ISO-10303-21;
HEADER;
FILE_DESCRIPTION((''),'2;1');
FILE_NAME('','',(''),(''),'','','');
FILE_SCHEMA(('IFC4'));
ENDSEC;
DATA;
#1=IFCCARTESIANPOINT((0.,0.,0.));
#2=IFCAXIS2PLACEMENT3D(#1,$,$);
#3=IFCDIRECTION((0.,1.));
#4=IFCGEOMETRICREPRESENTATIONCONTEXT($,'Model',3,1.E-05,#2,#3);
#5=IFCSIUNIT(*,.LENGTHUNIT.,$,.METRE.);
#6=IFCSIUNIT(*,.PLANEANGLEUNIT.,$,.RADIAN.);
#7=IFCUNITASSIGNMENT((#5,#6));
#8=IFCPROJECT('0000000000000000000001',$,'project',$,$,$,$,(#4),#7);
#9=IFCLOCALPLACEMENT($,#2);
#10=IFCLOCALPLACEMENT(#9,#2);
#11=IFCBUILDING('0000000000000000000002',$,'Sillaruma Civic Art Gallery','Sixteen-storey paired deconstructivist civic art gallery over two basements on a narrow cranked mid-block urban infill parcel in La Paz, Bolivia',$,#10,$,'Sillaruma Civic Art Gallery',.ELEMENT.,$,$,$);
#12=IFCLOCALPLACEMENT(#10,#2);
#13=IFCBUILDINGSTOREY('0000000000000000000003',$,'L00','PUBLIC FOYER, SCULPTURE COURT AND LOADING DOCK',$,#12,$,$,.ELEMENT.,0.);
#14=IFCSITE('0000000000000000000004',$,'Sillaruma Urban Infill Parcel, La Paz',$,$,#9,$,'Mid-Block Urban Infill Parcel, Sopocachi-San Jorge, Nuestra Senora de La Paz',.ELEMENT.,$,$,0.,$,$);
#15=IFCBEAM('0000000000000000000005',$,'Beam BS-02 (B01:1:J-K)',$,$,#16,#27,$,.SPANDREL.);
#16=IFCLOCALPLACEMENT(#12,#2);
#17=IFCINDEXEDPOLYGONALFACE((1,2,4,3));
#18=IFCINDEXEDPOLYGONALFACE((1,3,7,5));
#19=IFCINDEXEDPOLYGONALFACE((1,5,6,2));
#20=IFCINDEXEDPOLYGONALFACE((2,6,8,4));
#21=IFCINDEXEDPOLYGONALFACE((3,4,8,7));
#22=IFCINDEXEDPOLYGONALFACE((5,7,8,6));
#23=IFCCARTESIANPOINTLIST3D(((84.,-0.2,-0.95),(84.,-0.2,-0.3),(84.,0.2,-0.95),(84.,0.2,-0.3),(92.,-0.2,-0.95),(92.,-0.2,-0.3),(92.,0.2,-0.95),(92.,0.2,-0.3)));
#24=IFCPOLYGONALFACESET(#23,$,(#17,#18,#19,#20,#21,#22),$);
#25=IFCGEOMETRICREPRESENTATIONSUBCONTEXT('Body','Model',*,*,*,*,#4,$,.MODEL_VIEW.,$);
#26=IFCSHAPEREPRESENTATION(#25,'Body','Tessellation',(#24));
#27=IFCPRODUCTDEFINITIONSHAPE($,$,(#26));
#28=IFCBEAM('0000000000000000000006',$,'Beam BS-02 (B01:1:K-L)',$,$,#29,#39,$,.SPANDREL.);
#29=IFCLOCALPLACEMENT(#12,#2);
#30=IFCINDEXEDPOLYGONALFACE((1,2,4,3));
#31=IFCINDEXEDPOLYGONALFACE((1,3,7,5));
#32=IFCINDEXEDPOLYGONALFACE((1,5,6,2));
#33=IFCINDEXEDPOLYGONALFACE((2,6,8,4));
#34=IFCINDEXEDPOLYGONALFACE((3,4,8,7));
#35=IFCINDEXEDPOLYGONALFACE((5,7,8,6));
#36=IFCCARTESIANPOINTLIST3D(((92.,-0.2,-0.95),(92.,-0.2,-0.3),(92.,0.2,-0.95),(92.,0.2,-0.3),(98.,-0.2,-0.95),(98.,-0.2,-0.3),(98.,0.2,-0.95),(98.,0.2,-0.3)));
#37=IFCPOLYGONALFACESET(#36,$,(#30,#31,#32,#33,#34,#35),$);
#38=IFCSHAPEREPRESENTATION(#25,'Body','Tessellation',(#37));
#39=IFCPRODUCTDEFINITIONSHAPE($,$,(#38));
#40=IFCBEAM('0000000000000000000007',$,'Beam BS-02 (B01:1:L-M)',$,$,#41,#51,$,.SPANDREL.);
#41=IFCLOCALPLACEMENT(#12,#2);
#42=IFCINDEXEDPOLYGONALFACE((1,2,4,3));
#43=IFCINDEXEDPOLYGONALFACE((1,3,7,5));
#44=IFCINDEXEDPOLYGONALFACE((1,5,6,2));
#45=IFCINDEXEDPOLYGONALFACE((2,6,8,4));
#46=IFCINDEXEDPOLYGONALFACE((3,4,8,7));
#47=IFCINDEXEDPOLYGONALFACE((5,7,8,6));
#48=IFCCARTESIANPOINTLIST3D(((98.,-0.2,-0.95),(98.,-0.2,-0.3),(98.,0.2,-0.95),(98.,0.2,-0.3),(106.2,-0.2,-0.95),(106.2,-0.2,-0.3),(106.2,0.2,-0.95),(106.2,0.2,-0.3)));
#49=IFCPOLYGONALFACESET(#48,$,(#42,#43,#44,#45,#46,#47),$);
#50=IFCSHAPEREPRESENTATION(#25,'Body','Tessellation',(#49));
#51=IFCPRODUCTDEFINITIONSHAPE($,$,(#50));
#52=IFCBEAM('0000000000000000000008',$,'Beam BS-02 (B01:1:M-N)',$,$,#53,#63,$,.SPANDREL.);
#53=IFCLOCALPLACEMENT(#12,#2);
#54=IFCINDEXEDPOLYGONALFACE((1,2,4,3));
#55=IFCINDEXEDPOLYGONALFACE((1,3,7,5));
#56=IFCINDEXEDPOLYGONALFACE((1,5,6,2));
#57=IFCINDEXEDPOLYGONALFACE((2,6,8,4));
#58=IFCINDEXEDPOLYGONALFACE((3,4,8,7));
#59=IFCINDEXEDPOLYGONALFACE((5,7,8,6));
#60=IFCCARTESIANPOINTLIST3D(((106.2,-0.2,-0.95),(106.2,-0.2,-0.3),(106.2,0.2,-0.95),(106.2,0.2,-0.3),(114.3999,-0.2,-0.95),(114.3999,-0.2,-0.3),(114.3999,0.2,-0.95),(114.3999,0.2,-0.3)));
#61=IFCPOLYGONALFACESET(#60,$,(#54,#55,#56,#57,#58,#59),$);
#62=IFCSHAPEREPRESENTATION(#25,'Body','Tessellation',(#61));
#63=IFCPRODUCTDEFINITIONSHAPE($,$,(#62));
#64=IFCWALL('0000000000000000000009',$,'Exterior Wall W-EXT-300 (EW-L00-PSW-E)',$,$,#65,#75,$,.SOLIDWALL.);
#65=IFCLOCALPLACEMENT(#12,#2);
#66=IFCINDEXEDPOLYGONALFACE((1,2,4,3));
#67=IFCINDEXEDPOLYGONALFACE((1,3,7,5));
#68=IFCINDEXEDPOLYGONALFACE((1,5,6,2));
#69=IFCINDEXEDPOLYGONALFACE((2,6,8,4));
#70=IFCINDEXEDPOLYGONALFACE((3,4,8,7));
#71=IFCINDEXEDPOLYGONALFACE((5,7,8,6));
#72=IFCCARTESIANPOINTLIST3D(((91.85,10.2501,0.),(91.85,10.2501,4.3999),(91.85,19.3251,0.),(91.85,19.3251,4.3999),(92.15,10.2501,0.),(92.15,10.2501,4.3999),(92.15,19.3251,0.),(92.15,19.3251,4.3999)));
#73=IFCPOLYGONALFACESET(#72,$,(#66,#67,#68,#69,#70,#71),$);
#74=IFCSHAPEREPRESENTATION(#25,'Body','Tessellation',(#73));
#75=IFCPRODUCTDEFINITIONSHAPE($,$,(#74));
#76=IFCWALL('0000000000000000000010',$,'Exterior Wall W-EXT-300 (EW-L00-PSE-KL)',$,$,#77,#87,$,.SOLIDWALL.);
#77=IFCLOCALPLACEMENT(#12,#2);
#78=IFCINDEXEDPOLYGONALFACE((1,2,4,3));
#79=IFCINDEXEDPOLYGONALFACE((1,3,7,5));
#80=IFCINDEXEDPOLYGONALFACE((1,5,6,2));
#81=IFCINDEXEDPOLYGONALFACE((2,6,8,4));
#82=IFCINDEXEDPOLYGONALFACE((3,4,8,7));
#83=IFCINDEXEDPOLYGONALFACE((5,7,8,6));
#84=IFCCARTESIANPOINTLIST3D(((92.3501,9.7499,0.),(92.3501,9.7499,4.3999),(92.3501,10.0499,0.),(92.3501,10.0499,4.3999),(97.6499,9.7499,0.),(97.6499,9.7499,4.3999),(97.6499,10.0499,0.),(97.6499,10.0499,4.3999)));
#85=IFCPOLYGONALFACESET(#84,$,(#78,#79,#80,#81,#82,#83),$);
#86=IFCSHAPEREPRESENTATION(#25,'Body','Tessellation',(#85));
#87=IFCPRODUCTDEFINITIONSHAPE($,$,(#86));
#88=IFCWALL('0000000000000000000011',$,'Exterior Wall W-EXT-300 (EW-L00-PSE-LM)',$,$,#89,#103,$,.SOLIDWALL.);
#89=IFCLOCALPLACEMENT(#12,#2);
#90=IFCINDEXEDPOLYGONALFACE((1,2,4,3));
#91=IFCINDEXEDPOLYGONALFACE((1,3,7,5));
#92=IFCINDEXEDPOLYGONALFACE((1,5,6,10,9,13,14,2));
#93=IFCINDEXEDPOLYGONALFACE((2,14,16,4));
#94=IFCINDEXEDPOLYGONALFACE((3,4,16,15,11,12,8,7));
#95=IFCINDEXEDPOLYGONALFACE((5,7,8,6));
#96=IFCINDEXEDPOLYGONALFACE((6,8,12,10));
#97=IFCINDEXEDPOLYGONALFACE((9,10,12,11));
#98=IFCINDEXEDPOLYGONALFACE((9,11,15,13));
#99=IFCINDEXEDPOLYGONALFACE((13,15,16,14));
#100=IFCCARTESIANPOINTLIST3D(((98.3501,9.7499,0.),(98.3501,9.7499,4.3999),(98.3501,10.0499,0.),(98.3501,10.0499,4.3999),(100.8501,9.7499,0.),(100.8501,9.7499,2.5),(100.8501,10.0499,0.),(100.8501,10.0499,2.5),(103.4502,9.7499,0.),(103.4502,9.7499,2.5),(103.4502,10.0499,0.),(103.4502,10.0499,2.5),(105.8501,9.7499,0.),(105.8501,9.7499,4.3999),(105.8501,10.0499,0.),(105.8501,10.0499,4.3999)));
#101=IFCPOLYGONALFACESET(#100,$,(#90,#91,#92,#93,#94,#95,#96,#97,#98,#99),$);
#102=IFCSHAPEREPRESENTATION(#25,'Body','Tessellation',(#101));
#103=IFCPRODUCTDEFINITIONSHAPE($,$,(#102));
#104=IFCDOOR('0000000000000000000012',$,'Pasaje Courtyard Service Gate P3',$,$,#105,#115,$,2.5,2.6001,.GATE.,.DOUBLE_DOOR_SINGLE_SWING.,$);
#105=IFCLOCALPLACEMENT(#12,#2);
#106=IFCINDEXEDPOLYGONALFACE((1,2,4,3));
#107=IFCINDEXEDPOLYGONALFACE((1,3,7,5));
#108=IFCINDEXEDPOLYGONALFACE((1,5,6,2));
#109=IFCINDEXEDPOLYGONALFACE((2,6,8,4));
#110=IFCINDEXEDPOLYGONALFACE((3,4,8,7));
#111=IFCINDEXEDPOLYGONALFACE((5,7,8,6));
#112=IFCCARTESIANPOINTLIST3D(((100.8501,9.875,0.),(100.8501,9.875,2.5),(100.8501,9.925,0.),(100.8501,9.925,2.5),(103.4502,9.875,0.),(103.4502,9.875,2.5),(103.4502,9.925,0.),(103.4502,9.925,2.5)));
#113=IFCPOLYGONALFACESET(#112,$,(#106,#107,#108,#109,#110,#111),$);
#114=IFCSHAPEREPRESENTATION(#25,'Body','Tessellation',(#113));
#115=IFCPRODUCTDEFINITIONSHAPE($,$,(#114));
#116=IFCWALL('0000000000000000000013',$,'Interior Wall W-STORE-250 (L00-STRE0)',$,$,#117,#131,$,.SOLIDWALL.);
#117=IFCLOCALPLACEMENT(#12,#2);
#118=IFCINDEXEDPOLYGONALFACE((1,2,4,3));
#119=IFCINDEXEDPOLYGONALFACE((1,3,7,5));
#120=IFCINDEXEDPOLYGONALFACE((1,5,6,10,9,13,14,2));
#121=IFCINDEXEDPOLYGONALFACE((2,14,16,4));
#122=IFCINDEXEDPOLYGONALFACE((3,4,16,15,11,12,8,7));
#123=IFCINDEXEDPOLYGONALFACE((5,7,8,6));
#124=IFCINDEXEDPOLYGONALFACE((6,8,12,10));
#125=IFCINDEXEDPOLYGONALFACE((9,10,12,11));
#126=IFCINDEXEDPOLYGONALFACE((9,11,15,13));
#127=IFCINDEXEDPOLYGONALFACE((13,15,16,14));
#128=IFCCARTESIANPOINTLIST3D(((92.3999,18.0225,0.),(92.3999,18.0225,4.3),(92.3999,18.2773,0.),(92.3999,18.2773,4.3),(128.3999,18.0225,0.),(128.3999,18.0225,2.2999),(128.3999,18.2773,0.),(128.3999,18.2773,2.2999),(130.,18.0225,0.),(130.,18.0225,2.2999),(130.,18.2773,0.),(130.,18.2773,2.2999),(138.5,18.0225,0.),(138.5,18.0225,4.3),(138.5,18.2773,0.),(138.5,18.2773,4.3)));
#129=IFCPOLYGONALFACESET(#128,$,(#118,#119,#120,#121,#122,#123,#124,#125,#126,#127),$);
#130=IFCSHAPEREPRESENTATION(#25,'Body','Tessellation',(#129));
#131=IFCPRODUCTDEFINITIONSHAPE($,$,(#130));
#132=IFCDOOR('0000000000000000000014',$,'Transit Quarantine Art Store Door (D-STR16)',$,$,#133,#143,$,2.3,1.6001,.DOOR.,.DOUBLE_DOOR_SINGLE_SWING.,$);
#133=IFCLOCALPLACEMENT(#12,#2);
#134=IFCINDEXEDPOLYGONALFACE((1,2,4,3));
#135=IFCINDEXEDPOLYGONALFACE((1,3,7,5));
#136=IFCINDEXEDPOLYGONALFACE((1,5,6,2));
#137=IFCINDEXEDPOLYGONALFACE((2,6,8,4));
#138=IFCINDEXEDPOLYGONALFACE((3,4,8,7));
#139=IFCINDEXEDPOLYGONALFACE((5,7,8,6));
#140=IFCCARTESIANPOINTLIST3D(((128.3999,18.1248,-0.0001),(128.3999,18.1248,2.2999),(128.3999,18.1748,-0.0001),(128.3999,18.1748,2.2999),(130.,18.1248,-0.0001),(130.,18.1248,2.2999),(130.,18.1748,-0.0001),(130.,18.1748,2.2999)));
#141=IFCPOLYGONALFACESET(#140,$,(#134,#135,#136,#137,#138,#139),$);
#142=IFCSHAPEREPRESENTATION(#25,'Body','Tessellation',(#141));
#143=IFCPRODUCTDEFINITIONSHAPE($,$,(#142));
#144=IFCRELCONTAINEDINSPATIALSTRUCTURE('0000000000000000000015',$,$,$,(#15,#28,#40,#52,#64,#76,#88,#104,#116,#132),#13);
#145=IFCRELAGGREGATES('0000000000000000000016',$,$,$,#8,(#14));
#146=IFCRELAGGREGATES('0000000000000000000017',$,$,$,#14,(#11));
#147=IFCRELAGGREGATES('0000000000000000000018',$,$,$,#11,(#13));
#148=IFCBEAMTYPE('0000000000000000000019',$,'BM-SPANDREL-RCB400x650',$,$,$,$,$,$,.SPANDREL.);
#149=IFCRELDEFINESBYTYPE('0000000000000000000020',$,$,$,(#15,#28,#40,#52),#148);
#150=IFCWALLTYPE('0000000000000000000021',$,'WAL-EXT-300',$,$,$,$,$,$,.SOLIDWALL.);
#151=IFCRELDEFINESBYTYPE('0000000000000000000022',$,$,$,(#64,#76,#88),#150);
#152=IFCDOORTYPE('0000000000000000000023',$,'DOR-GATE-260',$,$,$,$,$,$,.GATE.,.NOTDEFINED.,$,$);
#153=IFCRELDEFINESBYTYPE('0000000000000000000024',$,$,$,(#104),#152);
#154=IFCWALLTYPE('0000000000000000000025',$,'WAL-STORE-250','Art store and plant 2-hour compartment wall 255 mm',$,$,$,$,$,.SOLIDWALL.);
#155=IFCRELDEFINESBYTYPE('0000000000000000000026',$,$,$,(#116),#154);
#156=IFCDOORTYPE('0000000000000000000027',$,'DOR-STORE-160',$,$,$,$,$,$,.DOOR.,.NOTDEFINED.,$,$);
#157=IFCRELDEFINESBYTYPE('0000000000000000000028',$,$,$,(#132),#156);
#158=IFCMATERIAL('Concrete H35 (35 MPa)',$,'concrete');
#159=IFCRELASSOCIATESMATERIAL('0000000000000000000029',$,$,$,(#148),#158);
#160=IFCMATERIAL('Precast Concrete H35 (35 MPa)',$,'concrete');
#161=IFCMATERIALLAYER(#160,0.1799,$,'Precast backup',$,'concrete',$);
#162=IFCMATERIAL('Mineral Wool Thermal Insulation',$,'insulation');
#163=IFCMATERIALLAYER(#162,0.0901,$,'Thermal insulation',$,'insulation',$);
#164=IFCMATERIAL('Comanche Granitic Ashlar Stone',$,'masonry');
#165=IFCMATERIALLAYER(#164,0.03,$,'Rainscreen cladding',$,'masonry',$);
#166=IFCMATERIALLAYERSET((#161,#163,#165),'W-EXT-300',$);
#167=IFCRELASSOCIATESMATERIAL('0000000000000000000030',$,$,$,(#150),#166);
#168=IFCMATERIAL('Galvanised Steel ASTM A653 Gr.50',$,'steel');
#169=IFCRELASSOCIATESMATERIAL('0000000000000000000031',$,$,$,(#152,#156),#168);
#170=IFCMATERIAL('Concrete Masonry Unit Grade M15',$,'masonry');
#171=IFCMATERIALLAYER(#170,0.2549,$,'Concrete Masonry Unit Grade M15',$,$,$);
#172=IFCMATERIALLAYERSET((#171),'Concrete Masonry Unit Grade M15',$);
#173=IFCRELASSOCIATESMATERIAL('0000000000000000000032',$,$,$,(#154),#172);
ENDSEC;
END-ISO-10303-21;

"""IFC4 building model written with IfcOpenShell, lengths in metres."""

from ifc_helpers import new_model, si_unit, direction, frame, frame_2d, origin, origin_2d, place, context, subcontext, project, spatial, rectangle, extrude, material, layer, layer_set, material_profile, profile_set, type_object, element, fill, save


model = new_model("IFC4")

# Units and contexts
model_context = context("Model", 3, precision=1e-05, world=origin(), true_north=direction((0.0, 1.0)))
body_context = subcontext(model_context, "Body", "Model", "MODEL_VIEW")
ifc_project = project(units=[si_unit("LENGTHUNIT", "METRE"), si_unit("PLANEANGLEUNIT", "RADIAN")], contexts=[model_context])

# Site, building, storey
site_placement = place(None, origin())
site = spatial("IfcSite", under=ifc_project, at=site_placement, Name="Sillaruma Urban Infill Parcel, La Paz", LongName="Mid-Block Urban Infill Parcel, Sopocachi-San Jorge, Nuestra Senora de La Paz", CompositionType="ELEMENT", RefElevation=0.0)
building_placement = place(site_placement, origin())
building = spatial("IfcBuilding", under=site, at=building_placement, Name="Sillaruma Civic Art Gallery", Description="Sixteen-storey paired deconstructivist civic art gallery over two basements on a narrow cranked mid-block urban infill parcel in La Paz, Bolivia", LongName="Sillaruma Civic Art Gallery", CompositionType="ELEMENT")
storey_placement = place(building_placement, origin())
storey = spatial("IfcBuildingStorey", under=building, at=storey_placement, Name="L00", Description="PUBLIC FOYER, SCULPTURE COURT AND LOADING DOCK", CompositionType="ELEMENT", Elevation=0.0)

# Beams
ifc_material_1 = material(Name="Concrete H35 (35 MPa)", Category="concrete")
ifc_material_profile_1 = material_profile(ifc_material_1, rectangle(XDim=0.3999, YDim=0.6499, at=origin_2d()), Name="RCB400x650")
ifc_profile_set_1 = profile_set([ifc_material_profile_1], Name="Concrete H35 (35 MPa)")
beam_type_1 = type_object("IfcBeamType", Name="BM-SPANDREL-RCB400x650", PredefinedType="SPANDREL", material=ifc_profile_set_1)
beam_1_placement = place(storey_placement, frame((84.0, 0.0, -0.625), z_axis=(1.0, 0.0, 0.0), x_axis=(0.0, 1.0, 0.0)))
element("IfcBeam", 1, at=beam_1_placement, inside=storey, type_object=beam_type_1, Name="Beam BS-02 (B01:1:J-K)", PredefinedType="SPANDREL", context=body_context, shape_type="SweptSolid", body=[
    extrude(rectangle(XDim=0.3999, YDim=0.6499, at=origin_2d()), origin(), (0.0, 0.0, 1.0), 8.0),
])
beam_2_placement = place(storey_placement, frame((92.0, 0.0, -0.625), z_axis=(1.0, 0.0, 0.0), x_axis=(0.0, 1.0, 0.0)))
element("IfcBeam", 2, at=beam_2_placement, inside=storey, type_object=beam_type_1, Name="Beam BS-02 (B01:1:K-L)", PredefinedType="SPANDREL", context=body_context, shape_type="SweptSolid", body=[
    extrude(rectangle(XDim=0.3999, YDim=0.6499, at=origin_2d()), origin(), (0.0, 0.0, 1.0), 6.0),
])
for number, where, z_axis, x_axis, name in (
    (3, (98.0, 0.0, -0.625), (1.0, 0.0, 0.0), (0.0, 1.0, 0.0), "Beam BS-02 (B01:1:L-M)"),
    (4, (106.2, 0.0, -0.625), (1.0, 0.0, 0.0), (0.0, 1.0, 0.0), "Beam BS-02 (B01:1:M-N)"),
):
    element("IfcBeam", number, at=place(storey_placement, frame(where, z_axis=z_axis, x_axis=x_axis)), inside=storey, type_object=beam_type_1, Name=name, PredefinedType="SPANDREL", context=body_context, shape_type="SweptSolid", body=[
        extrude(rectangle(XDim=0.3999, YDim=0.6499, at=origin_2d()), origin(), (0.0, 0.0, 1.0), 8.2),
    ])

# Shared definitions
ifc_material_2 = material(Name="Precast Concrete H35 (35 MPa)", Category="concrete")
ifc_layer_1 = layer(ifc_material_2, 0.1799, Name="Precast backup", Category="concrete")
ifc_material_3 = material(Name="Mineral Wool Thermal Insulation", Category="insulation")
ifc_layer_2 = layer(ifc_material_3, 0.0901, Name="Thermal insulation", Category="insulation")
ifc_material_4 = material(Name="Comanche Granitic Ashlar Stone", Category="masonry")
ifc_layer_3 = layer(ifc_material_4, 0.03, Name="Rainscreen cladding", Category="masonry")
ifc_layer_set_1 = layer_set([ifc_layer_1, ifc_layer_2, ifc_layer_3], Name="W-EXT-300")
wall_type_1 = type_object("IfcWallType", Name="WAL-EXT-300", PredefinedType="SOLIDWALL", material=ifc_layer_set_1)
ifc_material_5 = material(Name="Galvanised Steel ASTM A653 Gr.50", Category="steel")

# Walls
wall_1_placement = place(storey_placement, frame((92.0, 10.25, 0.0), z_axis=(0.0, 0.0, 1.0), x_axis=(0.0, 1.0, 0.0)))
element("IfcWall", 5, at=wall_1_placement, inside=storey, type_object=wall_type_1, Name="Exterior Wall W-EXT-300 (EW-L00-PSW-E)", PredefinedType="SOLIDWALL", context=body_context, shape_type="SweptSolid", body=[
    extrude(rectangle(XDim=9.075, YDim=0.3, at=frame_2d((4.5376, 0.0))), origin(), (0.0, 0.0, 1.0), 4.3999),
])
wall_2_placement = place(storey_placement, frame((92.3501, 9.8999, 0.0), z_axis=(0.0, 0.0, 1.0), x_axis=(1.0, 0.0, 0.0)))
element("IfcWall", 6, at=wall_2_placement, inside=storey, type_object=wall_type_1, Name="Exterior Wall W-EXT-300 (EW-L00-PSE-KL)", PredefinedType="SOLIDWALL", context=body_context, shape_type="SweptSolid", body=[
    extrude(rectangle(XDim=5.2998, YDim=0.3, at=frame_2d((2.6499, 0.0))), origin(), (0.0, 0.0, 1.0), 4.3999),
])

# Walls, openings, doors
wall_3_placement = place(storey_placement, frame((98.3501, 9.8999, 0.0), z_axis=(0.0, 0.0, 1.0), x_axis=(1.0, 0.0, 0.0)))
wall_3 = element("IfcWall", 7, at=wall_3_placement, inside=storey, type_object=wall_type_1, Name="Exterior Wall W-EXT-300 (EW-L00-PSE-LM)", PredefinedType="SOLIDWALL", context=body_context, shape_type="SweptSolid", body=[
    extrude(rectangle(XDim=7.5, YDim=0.3, at=frame_2d((3.75, 0.0))), origin(), (0.0, 0.0, 1.0), 4.3999),
])
opening_1_placement = place(wall_3_placement, frame((2.5, 0.0, 0.0)))
opening_1 = element("IfcOpeningElement", 8, at=opening_1_placement, cuts=wall_3, PredefinedType="OPENING", context=body_context, shape_type="SweptSolid", body=[
    extrude(rectangle(XDim=2.6001, YDim=2.5, at=frame_2d((1.3, 1.25))), frame((0.0, 0.1599, 0.0), z_axis=(0.0, -1.0, 0.0), x_axis=(1.0, 0.0, 0.0)), (0.0, 0.0, 1.0), 0.3201),
])
door_type_1 = type_object("IfcDoorType", Name="DOR-GATE-260", OperationType="NOTDEFINED", PredefinedType="GATE", material=ifc_material_5)
door_1_placement = place(opening_1_placement, frame((2.6001, 0.0, 0.0), z_axis=(0.0, 0.0, 1.0), x_axis=(-1.0, 0.0, 0.0)))
door_1 = element("IfcDoor", 9, at=door_1_placement, inside=storey, type_object=door_type_1, Name="Pasaje Courtyard Service Gate P3", OperationType="DOUBLE_DOOR_SINGLE_SWING", OverallHeight=2.5, OverallWidth=2.6001, PredefinedType="GATE", context=body_context, shape_type="SweptSolid", body=[
    extrude(rectangle(XDim=2.6001, YDim=2.5, at=frame_2d((1.3, 1.25))), frame((0.0, 0.0249, 0.0), z_axis=(0.0, -1.0, 0.0), x_axis=(1.0, 0.0, 0.0)), (0.0, 0.0, 1.0), 0.05),
])
fill(opening_1, door_1)
ifc_material_6 = material(Name="Concrete Masonry Unit Grade M15", Category="masonry")
ifc_layer_4 = layer(ifc_material_6, 0.2549, Name="Concrete Masonry Unit Grade M15")
ifc_layer_set_2 = layer_set([ifc_layer_4], Name="Concrete Masonry Unit Grade M15")
wall_type_2 = type_object("IfcWallType", Name="WAL-STORE-250", Description="Art store and plant 2-hour compartment wall 255 mm", PredefinedType="SOLIDWALL", material=ifc_layer_set_2)
wall_4_placement = place(storey_placement, frame((92.3999, 18.1499, 0.0), z_axis=(0.0, 0.0, 1.0), x_axis=(1.0, 0.0, 0.0)))
wall_4 = element("IfcWall", 10, at=wall_4_placement, inside=storey, type_object=wall_type_2, Name="Interior Wall W-STORE-250 (L00-STRE0)", PredefinedType="SOLIDWALL", context=body_context, shape_type="SweptSolid", body=[
    extrude(rectangle(XDim=46.1001, YDim=0.2549, at=frame_2d((23.05, 0.0))), origin(), (0.0, 0.0, 1.0), 4.3),
])
opening_2_placement = place(wall_4_placement, frame((36.0, 0.0, 0.0)))
opening_2 = element("IfcOpeningElement", 11, at=opening_2_placement, cuts=wall_4, PredefinedType="OPENING", context=body_context, shape_type="SweptSolid", body=[
    extrude(rectangle(XDim=1.6001, YDim=2.3, at=frame_2d((0.8, 1.1499))), frame((0.0, 0.1375, 0.0), z_axis=(0.0, -1.0, 0.0), x_axis=(1.0, 0.0, 0.0)), (0.0, 0.0, 1.0), 0.2749),
])
door_type_2 = type_object("IfcDoorType", Name="DOR-STORE-160", OperationType="NOTDEFINED", PredefinedType="DOOR", material=ifc_material_5)
door_2_placement = place(opening_2_placement, origin())
door_2 = element("IfcDoor", 12, at=door_2_placement, inside=storey, type_object=door_type_2, Name="Transit Quarantine Art Store Door (D-STR16)", OperationType="DOUBLE_DOOR_SINGLE_SWING", OverallHeight=2.3, OverallWidth=1.6001, PredefinedType="DOOR", context=body_context, shape_type="SweptSolid", body=[
    extrude(rectangle(XDim=1.6001, YDim=2.3, at=frame_2d((0.8, 1.1499))), frame((0.0, 0.0249, 0.0), z_axis=(0.0, -1.0, 0.0), x_axis=(1.0, 0.0, 0.0)), (0.0, 0.0, 1.0), 0.05),
])
fill(opening_2, door_2)

save(model, "model.ifc")
